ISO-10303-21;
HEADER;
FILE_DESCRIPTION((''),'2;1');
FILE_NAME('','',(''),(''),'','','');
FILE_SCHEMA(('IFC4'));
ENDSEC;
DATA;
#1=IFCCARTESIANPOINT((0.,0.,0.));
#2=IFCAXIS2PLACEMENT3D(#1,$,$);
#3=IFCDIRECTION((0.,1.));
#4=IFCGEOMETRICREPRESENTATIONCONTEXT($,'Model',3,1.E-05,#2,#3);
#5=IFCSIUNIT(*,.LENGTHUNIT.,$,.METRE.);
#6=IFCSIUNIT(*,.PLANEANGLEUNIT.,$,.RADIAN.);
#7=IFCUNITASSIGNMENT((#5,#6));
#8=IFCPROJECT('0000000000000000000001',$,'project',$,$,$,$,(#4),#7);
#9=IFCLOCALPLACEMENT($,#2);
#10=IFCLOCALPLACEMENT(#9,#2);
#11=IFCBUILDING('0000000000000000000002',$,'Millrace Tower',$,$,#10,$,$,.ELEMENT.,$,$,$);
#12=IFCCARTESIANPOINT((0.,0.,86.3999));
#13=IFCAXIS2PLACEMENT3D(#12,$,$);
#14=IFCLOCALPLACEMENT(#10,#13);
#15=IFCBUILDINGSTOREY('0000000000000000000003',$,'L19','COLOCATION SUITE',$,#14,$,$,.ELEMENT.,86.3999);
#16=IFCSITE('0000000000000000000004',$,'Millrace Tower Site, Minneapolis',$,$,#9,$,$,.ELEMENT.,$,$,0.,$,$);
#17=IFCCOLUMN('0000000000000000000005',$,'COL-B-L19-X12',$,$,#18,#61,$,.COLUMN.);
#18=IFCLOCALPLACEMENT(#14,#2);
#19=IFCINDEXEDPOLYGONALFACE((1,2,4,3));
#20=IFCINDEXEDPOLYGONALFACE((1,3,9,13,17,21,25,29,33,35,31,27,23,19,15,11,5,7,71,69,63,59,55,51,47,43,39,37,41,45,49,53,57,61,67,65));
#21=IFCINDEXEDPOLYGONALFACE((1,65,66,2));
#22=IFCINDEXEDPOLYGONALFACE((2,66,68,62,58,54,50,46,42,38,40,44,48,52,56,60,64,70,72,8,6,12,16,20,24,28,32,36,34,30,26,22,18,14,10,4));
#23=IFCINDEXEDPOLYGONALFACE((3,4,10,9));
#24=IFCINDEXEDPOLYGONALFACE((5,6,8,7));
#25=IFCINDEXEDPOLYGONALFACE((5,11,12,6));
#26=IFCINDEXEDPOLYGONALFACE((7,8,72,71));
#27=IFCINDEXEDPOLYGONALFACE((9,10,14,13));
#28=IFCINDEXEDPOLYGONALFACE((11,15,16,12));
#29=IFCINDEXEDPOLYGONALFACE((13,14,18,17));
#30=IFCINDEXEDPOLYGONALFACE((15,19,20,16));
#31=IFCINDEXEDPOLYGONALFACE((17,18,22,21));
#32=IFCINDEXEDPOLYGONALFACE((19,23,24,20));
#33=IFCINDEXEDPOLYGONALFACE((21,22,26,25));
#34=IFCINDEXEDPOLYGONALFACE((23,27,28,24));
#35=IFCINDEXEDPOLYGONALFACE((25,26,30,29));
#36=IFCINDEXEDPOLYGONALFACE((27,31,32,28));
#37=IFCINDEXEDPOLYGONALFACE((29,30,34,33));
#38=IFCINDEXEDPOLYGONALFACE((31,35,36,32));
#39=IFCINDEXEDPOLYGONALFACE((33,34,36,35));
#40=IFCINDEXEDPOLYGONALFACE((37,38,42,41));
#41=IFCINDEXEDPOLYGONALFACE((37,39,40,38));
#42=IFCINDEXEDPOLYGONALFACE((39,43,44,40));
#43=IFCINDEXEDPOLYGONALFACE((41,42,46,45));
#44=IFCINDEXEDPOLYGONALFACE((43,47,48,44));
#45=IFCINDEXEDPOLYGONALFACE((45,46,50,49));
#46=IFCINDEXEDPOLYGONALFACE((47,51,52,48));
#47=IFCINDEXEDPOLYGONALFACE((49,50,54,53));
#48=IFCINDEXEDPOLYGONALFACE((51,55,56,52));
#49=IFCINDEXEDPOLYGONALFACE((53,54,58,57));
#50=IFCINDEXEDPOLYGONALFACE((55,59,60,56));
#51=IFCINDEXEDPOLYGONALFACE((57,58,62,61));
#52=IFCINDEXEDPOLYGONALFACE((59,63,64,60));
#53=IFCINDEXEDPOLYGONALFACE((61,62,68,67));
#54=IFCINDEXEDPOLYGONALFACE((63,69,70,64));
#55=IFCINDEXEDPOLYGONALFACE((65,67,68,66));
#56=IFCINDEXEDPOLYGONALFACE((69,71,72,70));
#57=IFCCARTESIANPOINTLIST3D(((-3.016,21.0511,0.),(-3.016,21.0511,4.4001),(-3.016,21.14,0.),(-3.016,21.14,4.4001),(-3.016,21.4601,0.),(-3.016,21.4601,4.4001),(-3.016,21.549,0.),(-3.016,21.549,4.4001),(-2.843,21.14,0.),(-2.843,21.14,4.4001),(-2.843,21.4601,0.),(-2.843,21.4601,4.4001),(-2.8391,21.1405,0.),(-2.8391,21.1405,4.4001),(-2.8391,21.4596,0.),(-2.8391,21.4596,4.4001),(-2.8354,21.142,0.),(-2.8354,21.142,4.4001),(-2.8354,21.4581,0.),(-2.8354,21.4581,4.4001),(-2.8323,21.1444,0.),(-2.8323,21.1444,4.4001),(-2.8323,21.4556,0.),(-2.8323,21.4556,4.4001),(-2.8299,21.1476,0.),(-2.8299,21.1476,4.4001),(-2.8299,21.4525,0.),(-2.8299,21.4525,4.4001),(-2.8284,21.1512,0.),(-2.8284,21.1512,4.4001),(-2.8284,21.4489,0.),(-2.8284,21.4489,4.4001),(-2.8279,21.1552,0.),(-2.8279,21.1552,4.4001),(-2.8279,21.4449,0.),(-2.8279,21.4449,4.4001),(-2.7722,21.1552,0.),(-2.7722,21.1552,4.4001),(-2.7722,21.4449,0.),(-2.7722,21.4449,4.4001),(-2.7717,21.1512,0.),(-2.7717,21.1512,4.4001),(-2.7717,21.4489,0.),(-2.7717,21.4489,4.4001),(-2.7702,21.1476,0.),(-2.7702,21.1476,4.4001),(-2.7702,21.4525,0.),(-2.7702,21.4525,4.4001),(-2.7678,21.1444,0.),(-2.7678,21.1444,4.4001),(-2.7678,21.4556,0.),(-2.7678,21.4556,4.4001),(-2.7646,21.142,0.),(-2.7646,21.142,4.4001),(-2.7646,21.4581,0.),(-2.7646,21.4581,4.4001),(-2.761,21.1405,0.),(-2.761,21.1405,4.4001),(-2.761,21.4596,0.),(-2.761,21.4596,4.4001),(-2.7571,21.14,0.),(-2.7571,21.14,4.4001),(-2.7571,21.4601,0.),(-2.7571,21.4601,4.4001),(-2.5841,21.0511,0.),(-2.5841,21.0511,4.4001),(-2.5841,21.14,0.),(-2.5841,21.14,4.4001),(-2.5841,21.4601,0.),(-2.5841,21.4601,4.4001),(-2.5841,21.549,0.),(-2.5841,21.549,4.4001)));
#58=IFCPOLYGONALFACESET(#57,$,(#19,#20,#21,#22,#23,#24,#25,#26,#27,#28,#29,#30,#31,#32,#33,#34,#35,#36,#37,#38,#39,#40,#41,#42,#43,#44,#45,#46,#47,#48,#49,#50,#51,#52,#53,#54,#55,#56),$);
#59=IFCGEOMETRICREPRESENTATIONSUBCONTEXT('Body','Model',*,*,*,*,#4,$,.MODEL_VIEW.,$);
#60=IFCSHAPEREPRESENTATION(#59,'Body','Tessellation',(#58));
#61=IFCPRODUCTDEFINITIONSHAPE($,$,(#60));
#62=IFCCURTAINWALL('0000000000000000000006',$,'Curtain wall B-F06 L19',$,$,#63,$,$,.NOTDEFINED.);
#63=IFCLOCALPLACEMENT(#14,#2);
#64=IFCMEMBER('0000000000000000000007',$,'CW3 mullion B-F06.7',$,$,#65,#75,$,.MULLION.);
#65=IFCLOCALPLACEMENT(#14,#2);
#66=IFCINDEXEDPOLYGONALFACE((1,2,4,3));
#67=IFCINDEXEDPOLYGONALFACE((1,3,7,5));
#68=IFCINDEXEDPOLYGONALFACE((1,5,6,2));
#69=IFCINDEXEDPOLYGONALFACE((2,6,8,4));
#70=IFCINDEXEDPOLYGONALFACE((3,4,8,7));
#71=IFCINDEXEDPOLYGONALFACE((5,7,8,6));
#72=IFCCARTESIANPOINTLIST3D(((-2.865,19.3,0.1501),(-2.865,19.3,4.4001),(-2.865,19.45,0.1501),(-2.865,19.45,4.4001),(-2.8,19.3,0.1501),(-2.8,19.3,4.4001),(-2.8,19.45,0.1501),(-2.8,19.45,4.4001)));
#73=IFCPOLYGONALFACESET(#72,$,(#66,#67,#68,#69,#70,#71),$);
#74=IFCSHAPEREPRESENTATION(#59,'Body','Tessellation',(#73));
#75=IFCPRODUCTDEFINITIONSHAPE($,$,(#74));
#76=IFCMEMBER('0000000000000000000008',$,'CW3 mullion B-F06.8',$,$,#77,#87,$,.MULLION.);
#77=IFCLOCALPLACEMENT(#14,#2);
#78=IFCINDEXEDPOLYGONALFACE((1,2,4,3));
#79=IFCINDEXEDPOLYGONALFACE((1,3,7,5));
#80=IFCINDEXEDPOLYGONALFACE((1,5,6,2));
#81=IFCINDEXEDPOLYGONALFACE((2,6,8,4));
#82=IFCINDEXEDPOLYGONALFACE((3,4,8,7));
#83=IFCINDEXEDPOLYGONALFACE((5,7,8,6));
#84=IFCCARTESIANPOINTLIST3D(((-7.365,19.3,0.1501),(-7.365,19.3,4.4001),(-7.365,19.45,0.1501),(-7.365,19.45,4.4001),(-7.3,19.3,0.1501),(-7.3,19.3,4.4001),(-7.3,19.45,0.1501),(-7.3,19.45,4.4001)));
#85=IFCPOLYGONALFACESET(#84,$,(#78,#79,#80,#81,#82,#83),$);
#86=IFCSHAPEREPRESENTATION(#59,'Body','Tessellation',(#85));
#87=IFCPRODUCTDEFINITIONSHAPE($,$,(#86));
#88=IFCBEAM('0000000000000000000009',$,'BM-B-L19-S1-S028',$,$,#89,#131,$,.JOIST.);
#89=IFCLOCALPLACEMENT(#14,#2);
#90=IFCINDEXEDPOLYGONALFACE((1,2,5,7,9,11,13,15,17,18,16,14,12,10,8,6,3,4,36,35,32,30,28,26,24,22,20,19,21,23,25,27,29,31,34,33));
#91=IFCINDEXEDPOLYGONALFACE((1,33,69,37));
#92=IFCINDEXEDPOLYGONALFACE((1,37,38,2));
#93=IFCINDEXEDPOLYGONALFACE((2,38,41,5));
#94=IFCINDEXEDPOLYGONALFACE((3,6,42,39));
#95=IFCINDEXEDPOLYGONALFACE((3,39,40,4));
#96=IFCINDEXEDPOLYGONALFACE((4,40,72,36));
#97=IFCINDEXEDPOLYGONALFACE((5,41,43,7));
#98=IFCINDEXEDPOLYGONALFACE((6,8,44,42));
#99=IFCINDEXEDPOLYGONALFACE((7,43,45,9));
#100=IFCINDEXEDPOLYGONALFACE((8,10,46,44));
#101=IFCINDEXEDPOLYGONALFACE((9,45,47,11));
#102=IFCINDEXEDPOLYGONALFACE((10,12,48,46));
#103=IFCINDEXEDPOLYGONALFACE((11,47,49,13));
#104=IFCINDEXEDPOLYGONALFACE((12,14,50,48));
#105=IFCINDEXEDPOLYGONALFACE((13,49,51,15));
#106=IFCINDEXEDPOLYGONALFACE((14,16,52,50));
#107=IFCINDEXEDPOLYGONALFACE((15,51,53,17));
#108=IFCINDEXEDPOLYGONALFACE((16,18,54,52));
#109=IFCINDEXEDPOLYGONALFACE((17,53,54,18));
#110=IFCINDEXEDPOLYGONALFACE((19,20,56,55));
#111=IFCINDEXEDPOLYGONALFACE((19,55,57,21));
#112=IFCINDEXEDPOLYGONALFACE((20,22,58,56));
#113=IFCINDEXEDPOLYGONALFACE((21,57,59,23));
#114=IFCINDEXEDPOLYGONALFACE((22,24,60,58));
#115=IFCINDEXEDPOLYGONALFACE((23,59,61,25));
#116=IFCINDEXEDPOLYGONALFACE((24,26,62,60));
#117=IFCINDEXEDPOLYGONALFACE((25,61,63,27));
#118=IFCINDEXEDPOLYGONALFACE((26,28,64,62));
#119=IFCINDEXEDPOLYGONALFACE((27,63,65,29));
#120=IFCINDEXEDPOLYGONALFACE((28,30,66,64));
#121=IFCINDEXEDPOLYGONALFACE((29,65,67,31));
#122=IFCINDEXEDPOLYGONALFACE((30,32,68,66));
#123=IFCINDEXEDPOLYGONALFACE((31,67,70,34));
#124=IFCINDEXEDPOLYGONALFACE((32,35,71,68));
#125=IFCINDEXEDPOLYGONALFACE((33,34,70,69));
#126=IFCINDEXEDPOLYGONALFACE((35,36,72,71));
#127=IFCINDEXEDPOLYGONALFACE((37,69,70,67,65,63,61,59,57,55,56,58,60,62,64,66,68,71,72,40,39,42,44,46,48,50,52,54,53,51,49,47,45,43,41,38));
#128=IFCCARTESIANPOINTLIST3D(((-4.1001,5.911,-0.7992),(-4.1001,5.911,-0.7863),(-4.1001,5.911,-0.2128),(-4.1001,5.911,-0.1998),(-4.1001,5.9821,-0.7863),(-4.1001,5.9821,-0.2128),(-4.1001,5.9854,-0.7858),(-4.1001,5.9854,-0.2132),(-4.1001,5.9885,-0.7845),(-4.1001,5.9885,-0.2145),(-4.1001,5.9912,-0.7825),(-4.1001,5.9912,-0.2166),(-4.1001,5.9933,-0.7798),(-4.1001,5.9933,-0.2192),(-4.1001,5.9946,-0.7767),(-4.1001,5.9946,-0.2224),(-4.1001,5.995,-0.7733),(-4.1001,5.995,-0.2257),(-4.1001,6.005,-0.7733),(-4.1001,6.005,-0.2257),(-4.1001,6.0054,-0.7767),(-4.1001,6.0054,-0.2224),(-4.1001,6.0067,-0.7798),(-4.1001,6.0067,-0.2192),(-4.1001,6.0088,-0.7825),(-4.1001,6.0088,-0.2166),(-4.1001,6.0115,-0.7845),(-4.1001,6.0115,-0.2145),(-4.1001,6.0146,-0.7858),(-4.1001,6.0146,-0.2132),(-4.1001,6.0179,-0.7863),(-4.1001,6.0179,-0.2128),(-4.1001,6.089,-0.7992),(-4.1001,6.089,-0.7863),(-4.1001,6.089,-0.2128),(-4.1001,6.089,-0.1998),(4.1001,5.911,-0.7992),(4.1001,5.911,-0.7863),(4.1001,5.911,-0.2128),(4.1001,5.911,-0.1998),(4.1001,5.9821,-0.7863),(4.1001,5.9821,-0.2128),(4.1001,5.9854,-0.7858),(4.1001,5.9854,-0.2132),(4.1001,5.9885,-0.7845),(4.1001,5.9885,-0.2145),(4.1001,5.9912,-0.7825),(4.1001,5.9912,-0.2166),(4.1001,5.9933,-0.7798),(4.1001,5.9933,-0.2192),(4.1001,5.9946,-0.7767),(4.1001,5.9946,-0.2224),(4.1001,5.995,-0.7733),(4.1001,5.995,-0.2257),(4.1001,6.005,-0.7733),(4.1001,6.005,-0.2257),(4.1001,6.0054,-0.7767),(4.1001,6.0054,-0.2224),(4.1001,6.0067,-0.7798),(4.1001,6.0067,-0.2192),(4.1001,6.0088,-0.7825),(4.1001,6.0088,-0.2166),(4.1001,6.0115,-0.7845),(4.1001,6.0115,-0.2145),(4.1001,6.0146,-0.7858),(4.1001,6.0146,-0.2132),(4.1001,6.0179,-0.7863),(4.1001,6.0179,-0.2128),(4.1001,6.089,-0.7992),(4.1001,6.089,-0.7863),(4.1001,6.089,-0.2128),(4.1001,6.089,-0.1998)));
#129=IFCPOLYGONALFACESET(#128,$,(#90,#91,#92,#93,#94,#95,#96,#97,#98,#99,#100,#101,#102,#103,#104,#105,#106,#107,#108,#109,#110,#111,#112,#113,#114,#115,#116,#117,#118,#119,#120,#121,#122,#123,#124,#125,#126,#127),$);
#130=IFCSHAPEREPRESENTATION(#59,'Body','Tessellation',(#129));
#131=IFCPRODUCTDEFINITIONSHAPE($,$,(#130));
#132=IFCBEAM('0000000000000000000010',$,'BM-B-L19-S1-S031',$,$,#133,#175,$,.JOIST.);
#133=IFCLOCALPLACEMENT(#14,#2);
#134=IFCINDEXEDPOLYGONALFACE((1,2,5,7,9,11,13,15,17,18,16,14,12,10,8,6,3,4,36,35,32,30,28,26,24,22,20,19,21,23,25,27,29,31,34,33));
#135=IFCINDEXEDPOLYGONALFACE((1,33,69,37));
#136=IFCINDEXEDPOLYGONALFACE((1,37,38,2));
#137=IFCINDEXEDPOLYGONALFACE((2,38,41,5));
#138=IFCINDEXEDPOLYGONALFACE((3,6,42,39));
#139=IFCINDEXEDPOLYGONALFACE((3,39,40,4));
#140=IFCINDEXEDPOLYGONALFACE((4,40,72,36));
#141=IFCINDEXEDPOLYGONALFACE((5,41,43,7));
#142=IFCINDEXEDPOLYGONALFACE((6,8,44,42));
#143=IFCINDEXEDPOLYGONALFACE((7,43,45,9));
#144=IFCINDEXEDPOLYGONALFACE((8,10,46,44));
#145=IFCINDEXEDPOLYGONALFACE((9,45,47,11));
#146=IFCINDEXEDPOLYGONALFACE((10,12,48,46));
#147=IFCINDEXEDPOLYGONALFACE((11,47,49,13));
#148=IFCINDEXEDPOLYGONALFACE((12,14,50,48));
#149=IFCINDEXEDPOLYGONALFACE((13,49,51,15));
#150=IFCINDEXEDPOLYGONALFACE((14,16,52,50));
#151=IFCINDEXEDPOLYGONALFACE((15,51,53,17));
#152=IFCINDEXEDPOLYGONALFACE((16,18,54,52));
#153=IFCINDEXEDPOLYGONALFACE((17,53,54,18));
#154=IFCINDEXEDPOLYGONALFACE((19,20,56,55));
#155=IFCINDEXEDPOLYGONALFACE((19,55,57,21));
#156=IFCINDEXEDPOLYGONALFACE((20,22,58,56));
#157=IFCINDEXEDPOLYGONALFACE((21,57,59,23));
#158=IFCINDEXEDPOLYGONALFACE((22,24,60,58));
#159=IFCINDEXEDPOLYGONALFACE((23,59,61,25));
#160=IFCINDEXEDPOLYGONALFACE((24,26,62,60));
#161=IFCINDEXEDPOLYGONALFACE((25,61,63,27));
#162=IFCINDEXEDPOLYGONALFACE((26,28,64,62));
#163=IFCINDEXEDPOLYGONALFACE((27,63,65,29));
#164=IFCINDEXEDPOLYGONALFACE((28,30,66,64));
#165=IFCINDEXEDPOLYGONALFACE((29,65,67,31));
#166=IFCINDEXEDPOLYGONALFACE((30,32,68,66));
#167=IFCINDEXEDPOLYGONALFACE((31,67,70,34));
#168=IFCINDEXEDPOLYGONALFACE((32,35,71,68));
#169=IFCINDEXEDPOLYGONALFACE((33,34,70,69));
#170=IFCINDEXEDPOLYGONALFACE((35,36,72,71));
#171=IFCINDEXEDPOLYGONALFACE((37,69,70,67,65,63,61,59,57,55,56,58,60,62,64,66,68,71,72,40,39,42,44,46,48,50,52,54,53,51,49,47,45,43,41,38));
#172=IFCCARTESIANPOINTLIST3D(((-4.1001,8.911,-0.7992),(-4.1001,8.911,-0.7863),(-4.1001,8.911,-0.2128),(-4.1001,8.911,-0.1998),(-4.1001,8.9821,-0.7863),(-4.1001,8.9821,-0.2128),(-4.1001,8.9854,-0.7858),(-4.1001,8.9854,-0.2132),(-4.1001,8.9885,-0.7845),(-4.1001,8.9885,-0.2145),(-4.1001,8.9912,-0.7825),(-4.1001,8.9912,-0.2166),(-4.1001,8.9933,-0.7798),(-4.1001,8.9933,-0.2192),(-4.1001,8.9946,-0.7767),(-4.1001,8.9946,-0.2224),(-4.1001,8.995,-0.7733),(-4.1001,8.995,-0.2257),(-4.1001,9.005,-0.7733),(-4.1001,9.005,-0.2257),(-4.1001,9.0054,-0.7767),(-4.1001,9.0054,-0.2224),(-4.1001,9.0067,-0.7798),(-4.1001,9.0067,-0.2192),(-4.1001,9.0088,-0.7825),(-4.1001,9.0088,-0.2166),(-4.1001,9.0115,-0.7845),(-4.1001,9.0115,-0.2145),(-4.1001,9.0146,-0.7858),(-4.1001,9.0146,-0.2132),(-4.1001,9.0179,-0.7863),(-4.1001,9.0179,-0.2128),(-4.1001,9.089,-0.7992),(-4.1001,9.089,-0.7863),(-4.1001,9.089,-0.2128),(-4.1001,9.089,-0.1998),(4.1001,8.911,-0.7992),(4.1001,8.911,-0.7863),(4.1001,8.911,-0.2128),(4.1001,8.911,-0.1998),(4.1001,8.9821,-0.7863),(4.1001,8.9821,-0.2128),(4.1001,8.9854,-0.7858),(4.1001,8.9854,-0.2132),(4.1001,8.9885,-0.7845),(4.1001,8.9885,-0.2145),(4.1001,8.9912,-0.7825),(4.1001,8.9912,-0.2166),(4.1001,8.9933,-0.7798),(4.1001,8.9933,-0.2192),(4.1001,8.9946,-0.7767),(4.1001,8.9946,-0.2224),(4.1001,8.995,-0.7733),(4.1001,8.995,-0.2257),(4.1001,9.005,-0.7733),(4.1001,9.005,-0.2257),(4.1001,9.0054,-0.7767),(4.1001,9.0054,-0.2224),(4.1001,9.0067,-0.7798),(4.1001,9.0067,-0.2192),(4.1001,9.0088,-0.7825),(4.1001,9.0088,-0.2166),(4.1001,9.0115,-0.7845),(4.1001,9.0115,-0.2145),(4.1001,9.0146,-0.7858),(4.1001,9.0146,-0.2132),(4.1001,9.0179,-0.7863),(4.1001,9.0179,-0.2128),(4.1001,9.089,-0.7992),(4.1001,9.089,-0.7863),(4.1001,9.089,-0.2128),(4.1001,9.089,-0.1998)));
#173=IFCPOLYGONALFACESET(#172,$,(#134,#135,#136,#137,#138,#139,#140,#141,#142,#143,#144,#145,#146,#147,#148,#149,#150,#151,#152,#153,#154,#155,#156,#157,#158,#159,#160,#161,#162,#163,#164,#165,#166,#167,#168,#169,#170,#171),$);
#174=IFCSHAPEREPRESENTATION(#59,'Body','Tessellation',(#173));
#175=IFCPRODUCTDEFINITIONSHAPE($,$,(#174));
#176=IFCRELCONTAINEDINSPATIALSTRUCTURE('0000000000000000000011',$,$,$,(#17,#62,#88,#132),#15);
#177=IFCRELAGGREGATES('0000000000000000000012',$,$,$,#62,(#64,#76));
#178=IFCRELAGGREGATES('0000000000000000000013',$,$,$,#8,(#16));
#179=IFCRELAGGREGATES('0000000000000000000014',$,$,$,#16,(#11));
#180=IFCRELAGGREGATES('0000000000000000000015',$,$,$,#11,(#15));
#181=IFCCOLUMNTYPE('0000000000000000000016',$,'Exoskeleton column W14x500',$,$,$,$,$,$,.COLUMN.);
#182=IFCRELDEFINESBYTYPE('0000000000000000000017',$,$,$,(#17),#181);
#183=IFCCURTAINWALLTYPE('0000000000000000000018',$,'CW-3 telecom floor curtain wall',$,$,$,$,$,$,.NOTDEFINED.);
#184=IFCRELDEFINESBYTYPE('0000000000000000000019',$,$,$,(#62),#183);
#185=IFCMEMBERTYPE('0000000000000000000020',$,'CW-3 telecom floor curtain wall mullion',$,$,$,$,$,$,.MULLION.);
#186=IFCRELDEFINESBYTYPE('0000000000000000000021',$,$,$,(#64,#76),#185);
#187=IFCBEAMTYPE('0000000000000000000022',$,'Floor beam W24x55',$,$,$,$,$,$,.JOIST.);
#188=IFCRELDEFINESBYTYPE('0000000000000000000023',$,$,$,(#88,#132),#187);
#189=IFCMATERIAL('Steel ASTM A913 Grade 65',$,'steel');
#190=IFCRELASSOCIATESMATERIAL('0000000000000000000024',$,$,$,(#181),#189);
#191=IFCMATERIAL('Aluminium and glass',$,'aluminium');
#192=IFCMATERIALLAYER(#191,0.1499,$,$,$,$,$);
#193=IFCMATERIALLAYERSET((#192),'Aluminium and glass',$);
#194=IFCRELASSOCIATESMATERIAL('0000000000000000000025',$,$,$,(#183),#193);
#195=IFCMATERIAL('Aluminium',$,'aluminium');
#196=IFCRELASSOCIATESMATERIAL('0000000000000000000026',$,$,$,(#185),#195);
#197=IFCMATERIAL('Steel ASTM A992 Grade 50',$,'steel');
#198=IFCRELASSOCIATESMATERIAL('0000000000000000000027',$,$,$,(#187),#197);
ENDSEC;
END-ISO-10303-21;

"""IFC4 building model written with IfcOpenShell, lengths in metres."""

from ifc_helpers import new_model, si_unit, direction, frame, origin, origin_2d, place, context, subcontext, project, spatial, rectangle, i_section, extrude, material, layer, layer_set, material_profile, profile_set, type_object, element, aggregate, save


model = new_model("IFC4")

# Units and contexts
model_context = context("Model", 3, precision=1e-05, world=origin(), true_north=direction((0.0, 1.0)))
body_context = subcontext(model_context, "Body", "Model", "MODEL_VIEW")
ifc_project = project(units=[si_unit("LENGTHUNIT", "METRE"), si_unit("PLANEANGLEUNIT", "RADIAN")], contexts=[model_context])

# Site, building, storey
site_placement = place(None, origin())
site = spatial("IfcSite", under=ifc_project, at=site_placement, Name="Millrace Tower Site, Minneapolis", CompositionType="ELEMENT", RefElevation=0.0)
building_placement = place(site_placement, origin())
building = spatial("IfcBuilding", under=site, at=building_placement, Name="Millrace Tower", CompositionType="ELEMENT")
storey_placement = place(building_placement, frame((0.0, 0.0, 86.3999)))
storey = spatial("IfcBuildingStorey", under=building, at=storey_placement, Name="L19", Description="COLOCATION SUITE", CompositionType="ELEMENT", Elevation=86.3999)

# Column
ifc_material_1 = material(Name="Steel ASTM A913 Grade 65", Category="steel")
ifc_material_profile_1 = material_profile(ifc_material_1, i_section(OverallWidth=0.4319, OverallDepth=0.4978, WebThickness=0.0557, FlangeThickness=0.0889, FilletRadius=0.0151, at=origin_2d()))
ifc_profile_set_1 = profile_set([ifc_material_profile_1], Name="Steel ASTM A913 Grade 65")
column_type = type_object("IfcColumnType", Name="Exoskeleton column W14x500", PredefinedType="COLUMN", material=ifc_profile_set_1)
column_placement = place(storey_placement, frame((-2.8, 21.3, 0.0), z_axis=(0.0, 0.0, 1.0), x_axis=(-1.0, 0.0, 0.0)))
element("IfcColumn", 1, at=column_placement, inside=storey, type_object=column_type, Name="COL-B-L19-X12", PredefinedType="COLUMN", context=body_context, shape_type="SweptSolid", body=[
    extrude(i_section(OverallWidth=0.4319, OverallDepth=0.4978, WebThickness=0.0557, FlangeThickness=0.0889, FilletRadius=0.0151, at=origin_2d()), origin(), (0.0, 0.0, 1.0), 4.4001),
])

# Curtain wall, members
ifc_material_2 = material(Name="Aluminium and glass", Category="aluminium")
ifc_layer_1 = layer(ifc_material_2, 0.1499)
ifc_layer_set_1 = layer_set([ifc_layer_1], Name="Aluminium and glass")
curtain_wall_type = type_object("IfcCurtainWallType", Name="CW-3 telecom floor curtain wall", PredefinedType="NOTDEFINED", material=ifc_layer_set_1)
placement = place(storey_placement, origin())
curtain_wall = element("IfcCurtainWall", 2, at=placement, inside=storey, type_object=curtain_wall_type, Name="Curtain wall B-F06 L19", PredefinedType="NOTDEFINED")
ifc_material_3 = material(Name="Aluminium", Category="aluminium")
ifc_material_profile_2 = material_profile(ifc_material_3, rectangle(XDim=0.0649, YDim=0.1499, at=origin_2d()))
ifc_profile_set_2 = profile_set([ifc_material_profile_2], Name="Aluminium")
member_type = type_object("IfcMemberType", Name="CW-3 telecom floor curtain wall mullion", PredefinedType="MULLION", material=ifc_profile_set_2)
member_1_placement = place(storey_placement, frame((-2.8325, 19.375, 0.1501), z_axis=(0.0, 0.0, 1.0), x_axis=(-1.0, 0.0, 0.0)))
member_1 = element("IfcMember", 3, at=member_1_placement, type_object=member_type, Name="CW3 mullion B-F06.7", PredefinedType="MULLION", context=body_context, shape_type="SweptSolid", body=[
    extrude(rectangle(XDim=0.0649, YDim=0.1499, at=origin_2d()), origin(), (0.0, 0.0, 1.0), 4.25),
])
member_2_placement = place(storey_placement, frame((-7.3325, 19.375, 0.1501), z_axis=(0.0, 0.0, 1.0), x_axis=(-1.0, 0.0, 0.0)))
member_2 = element("IfcMember", 4, at=member_2_placement, type_object=member_type, Name="CW3 mullion B-F06.8", PredefinedType="MULLION", context=body_context, shape_type="SweptSolid", body=[
    extrude(rectangle(XDim=0.0649, YDim=0.1499, at=origin_2d()), origin(), (0.0, 0.0, 1.0), 4.25),
])
aggregate(curtain_wall, [member_1, member_2])

# Beams
ifc_material_4 = material(Name="Steel ASTM A992 Grade 50", Category="steel")
ifc_material_profile_3 = material_profile(ifc_material_4, i_section(OverallWidth=0.178, OverallDepth=0.5994, WebThickness=0.01, FlangeThickness=0.0129, FilletRadius=0.0129, at=origin_2d()))
ifc_profile_set_3 = profile_set([ifc_material_profile_3], Name="Steel ASTM A992 Grade 50")
beam_type_1 = type_object("IfcBeamType", Name="Floor beam W24x55", PredefinedType="JOIST", material=ifc_profile_set_3)
for number, where, z_axis, x_axis, name in (
    (5, (-4.1001, 6.0, -0.4995), (1.0, 0.0, 0.0), (0.0, 1.0, 0.0), "BM-B-L19-S1-S028"),
    (6, (-4.1001, 9.0, -0.4995), (1.0, 0.0, 0.0), (0.0, 1.0, 0.0), "BM-B-L19-S1-S031"),
):
    element("IfcBeam", number, at=place(storey_placement, frame(where, z_axis=z_axis, x_axis=x_axis)), inside=storey, type_object=beam_type_1, Name=name, PredefinedType="JOIST", context=body_context, shape_type="SweptSolid", body=[
        extrude(i_section(OverallWidth=0.178, OverallDepth=0.5994, WebThickness=0.01, FlangeThickness=0.0129, FilletRadius=0.0129, at=origin_2d()), origin(), (0.0, 0.0, 1.0), 8.2002),
    ])

save(model, "model.ifc")
